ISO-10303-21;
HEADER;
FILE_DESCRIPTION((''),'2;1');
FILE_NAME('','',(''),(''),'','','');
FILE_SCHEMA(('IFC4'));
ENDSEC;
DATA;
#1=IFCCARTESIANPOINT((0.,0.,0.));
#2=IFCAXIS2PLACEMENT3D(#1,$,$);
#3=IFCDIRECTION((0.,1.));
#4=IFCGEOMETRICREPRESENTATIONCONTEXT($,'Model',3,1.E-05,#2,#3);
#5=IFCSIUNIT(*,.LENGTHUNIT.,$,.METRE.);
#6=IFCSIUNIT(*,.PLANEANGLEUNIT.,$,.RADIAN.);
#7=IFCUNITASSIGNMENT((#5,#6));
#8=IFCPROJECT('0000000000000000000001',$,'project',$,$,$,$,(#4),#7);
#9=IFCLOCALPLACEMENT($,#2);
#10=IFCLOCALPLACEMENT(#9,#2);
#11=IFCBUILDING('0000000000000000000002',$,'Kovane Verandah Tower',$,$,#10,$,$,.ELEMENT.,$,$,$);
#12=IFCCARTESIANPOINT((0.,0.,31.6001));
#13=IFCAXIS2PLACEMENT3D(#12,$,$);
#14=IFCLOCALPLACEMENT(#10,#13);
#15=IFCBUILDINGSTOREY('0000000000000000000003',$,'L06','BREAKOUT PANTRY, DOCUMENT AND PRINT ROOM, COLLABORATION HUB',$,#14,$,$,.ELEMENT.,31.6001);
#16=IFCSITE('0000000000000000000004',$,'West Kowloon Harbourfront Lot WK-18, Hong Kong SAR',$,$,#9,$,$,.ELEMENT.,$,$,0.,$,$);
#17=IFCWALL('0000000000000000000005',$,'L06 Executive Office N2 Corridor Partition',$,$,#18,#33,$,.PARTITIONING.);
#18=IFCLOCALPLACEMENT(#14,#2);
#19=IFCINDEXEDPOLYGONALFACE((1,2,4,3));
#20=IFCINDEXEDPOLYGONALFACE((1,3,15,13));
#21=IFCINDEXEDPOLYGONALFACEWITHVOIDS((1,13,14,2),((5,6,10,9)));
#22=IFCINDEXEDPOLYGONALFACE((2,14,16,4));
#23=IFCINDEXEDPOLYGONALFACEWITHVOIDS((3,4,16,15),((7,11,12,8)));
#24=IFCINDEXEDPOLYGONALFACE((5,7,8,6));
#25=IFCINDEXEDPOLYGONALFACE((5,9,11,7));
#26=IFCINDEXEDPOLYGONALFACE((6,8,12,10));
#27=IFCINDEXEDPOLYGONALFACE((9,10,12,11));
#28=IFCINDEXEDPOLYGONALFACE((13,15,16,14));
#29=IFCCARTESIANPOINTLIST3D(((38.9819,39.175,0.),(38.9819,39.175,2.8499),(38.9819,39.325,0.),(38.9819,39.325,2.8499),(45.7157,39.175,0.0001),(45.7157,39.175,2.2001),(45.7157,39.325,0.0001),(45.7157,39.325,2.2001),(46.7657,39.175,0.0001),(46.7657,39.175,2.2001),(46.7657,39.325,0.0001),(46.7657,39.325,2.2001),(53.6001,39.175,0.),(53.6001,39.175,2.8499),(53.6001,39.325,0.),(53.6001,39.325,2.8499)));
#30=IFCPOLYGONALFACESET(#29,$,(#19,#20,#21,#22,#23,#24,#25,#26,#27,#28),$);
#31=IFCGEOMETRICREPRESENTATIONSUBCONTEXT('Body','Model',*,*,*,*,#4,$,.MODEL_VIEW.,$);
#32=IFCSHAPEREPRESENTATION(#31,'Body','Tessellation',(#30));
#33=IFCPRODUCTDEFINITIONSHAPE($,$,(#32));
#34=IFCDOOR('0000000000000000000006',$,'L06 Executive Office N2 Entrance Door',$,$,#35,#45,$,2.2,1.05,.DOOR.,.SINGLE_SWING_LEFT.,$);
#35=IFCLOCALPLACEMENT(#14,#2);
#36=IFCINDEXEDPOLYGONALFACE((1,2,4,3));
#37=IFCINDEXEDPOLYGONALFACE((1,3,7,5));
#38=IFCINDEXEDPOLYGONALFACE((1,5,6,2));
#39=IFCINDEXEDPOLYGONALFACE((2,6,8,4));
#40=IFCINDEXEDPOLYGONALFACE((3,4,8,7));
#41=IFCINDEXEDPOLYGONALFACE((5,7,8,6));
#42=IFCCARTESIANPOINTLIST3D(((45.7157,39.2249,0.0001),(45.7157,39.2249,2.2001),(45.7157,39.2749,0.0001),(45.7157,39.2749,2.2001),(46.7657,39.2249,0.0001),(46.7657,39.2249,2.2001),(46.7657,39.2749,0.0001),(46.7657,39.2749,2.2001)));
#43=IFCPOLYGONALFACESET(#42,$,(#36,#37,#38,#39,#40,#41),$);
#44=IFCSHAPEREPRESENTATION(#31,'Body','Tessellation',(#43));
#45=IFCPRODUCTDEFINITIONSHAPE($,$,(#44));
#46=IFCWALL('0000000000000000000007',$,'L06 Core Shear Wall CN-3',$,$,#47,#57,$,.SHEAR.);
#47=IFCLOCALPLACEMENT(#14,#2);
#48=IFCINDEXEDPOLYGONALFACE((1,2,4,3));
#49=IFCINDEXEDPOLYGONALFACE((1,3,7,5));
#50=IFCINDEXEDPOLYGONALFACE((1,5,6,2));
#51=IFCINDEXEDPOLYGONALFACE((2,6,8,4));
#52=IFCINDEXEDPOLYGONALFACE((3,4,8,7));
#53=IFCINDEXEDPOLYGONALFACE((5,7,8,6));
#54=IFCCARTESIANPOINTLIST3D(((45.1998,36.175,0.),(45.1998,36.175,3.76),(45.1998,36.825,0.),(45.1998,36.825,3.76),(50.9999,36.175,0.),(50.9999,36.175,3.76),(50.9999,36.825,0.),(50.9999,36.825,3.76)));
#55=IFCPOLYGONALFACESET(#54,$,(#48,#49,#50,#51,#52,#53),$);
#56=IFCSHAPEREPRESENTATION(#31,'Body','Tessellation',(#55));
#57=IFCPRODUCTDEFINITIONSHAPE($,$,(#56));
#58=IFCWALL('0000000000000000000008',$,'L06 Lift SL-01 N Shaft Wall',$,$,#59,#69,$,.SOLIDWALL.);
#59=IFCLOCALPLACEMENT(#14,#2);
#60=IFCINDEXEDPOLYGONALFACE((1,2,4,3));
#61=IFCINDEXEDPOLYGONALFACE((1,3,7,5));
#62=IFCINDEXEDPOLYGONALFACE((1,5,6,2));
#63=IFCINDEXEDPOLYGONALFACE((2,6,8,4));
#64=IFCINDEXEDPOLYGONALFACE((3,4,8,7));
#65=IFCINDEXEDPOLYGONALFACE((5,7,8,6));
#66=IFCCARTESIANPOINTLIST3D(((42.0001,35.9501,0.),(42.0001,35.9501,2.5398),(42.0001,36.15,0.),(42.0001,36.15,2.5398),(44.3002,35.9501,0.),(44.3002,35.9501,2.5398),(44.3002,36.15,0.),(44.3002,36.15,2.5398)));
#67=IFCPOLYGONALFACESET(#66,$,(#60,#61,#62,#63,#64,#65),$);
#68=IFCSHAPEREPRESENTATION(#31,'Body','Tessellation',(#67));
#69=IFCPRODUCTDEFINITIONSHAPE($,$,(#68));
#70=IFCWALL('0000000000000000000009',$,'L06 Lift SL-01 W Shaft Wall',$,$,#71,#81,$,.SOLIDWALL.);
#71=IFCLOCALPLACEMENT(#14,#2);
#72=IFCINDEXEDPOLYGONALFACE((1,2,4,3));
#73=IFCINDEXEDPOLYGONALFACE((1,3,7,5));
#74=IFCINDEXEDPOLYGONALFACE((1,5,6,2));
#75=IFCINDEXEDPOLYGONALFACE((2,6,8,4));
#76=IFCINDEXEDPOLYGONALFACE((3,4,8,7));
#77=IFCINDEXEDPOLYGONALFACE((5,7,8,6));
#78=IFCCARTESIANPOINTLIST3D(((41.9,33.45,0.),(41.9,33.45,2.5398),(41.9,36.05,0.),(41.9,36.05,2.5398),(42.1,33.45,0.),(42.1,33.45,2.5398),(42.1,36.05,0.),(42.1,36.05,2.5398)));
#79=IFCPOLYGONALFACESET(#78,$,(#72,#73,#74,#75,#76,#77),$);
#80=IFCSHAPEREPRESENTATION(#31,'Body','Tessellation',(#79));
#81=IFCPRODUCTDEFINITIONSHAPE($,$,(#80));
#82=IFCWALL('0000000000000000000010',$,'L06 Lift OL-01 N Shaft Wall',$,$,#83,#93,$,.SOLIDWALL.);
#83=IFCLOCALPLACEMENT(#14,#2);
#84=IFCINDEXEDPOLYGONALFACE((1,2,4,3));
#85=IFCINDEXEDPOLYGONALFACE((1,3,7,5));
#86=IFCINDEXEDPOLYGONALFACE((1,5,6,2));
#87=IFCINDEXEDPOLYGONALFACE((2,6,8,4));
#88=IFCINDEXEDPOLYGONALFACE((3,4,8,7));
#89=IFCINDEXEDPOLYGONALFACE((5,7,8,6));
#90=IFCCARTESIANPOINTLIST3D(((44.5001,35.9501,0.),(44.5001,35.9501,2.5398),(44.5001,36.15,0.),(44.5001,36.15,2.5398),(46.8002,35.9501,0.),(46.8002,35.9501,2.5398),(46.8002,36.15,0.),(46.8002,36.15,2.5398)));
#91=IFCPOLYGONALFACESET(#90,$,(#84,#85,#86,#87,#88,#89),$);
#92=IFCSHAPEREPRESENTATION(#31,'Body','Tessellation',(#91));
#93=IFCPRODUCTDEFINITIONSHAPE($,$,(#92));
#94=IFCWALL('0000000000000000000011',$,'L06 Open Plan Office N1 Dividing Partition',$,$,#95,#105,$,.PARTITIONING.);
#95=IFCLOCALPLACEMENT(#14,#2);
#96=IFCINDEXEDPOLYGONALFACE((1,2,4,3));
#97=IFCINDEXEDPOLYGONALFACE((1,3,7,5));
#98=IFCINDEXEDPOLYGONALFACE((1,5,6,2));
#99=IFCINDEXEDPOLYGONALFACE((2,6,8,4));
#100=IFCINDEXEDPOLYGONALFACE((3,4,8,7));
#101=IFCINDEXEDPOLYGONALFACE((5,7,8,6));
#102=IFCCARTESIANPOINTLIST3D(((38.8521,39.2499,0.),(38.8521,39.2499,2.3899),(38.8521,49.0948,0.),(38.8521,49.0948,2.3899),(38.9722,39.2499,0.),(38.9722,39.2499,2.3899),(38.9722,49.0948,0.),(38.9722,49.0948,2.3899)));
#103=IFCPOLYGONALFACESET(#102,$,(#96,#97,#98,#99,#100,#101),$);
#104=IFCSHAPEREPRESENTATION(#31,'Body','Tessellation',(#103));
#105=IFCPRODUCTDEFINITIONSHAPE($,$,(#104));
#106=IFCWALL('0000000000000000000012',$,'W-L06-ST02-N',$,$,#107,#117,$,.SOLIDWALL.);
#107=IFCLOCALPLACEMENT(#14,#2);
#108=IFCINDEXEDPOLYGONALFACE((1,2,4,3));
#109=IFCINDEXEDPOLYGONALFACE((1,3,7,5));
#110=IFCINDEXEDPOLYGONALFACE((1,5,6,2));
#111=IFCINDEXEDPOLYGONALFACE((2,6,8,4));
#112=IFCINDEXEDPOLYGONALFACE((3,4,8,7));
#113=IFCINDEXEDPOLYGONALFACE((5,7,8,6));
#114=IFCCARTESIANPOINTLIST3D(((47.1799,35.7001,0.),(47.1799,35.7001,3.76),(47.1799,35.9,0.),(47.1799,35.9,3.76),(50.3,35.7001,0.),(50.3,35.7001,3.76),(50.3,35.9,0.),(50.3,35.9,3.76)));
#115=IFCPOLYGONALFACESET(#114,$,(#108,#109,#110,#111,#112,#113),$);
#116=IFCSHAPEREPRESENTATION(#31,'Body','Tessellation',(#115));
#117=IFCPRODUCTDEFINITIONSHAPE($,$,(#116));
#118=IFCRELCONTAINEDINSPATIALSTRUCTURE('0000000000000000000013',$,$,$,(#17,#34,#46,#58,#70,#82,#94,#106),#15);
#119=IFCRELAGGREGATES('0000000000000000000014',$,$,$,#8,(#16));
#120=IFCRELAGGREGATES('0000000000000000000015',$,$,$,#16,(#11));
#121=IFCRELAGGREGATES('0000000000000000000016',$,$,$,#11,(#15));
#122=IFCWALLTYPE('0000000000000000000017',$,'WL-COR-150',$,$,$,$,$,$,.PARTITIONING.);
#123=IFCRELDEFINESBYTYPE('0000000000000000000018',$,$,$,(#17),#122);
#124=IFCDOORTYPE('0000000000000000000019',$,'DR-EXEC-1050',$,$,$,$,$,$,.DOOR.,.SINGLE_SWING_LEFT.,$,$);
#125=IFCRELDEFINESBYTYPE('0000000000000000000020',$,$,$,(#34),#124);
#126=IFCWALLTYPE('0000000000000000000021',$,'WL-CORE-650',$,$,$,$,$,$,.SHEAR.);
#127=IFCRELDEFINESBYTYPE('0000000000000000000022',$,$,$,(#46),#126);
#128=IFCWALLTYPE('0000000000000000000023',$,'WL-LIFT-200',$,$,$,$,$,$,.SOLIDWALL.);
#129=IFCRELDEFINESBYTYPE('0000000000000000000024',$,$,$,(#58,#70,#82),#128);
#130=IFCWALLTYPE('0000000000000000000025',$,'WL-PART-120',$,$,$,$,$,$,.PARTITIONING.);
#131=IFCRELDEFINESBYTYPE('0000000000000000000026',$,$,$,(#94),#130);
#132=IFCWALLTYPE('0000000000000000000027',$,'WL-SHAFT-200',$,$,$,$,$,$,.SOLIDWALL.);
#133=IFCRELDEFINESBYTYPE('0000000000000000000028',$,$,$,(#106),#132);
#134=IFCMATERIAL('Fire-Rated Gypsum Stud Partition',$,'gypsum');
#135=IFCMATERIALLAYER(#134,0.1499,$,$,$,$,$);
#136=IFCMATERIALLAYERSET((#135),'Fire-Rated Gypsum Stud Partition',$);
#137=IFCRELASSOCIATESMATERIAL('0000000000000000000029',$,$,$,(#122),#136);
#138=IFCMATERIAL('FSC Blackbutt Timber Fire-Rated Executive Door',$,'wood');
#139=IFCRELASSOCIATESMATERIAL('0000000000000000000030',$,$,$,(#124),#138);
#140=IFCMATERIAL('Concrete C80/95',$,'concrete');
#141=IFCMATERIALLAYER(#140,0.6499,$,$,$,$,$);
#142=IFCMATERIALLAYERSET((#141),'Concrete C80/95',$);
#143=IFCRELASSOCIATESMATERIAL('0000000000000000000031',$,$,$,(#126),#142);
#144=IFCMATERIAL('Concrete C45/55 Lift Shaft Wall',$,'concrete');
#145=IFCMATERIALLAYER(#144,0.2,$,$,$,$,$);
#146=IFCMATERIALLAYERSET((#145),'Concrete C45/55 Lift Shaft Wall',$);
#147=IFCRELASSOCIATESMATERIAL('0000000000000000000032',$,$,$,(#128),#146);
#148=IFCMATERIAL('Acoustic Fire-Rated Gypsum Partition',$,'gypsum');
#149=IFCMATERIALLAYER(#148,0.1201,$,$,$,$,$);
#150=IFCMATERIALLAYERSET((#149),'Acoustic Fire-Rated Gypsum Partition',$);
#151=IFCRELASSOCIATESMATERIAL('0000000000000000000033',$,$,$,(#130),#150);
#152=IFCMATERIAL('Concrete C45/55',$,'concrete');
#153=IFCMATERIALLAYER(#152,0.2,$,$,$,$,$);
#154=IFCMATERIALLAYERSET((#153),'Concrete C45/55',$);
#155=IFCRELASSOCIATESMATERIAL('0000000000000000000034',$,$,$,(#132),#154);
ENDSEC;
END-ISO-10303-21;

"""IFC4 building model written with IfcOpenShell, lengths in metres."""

from ifc_helpers import new_model, si_unit, direction, frame, frame_2d, origin, place, context, subcontext, project, spatial, rectangle, extrude, material, layer, layer_set, type_object, element, fill, save


model = new_model("IFC4")

# Units and contexts
model_context = context("Model", 3, precision=1e-05, world=origin(), true_north=direction((0.0, 1.0)))
body_context = subcontext(model_context, "Body", "Model", "MODEL_VIEW")
ifc_project = project(units=[si_unit("LENGTHUNIT", "METRE"), si_unit("PLANEANGLEUNIT", "RADIAN")], contexts=[model_context])

# Site, building, storey
site_placement = place(None, origin())
site = spatial("IfcSite", under=ifc_project, at=site_placement, Name="West Kowloon Harbourfront Lot WK-18, Hong Kong SAR", CompositionType="ELEMENT", RefElevation=0.0)
building_placement = place(site_placement, origin())
building = spatial("IfcBuilding", under=site, at=building_placement, Name="Kovane Verandah Tower", CompositionType="ELEMENT")
storey_placement = place(building_placement, frame((0.0, 0.0, 31.6001)))
storey = spatial("IfcBuildingStorey", under=building, at=storey_placement, Name="L06", Description="BREAKOUT PANTRY, DOCUMENT AND PRINT ROOM, COLLABORATION HUB", CompositionType="ELEMENT", Elevation=31.6001)

# Shared definitions
ifc_material_1 = material(Name="Concrete C80/95", Category="concrete")

# Wall, opening, door
ifc_material_2 = material(Name="Fire-Rated Gypsum Stud Partition", Category="gypsum")
ifc_layer_1 = layer(ifc_material_2, 0.1499)
ifc_layer_set_1 = layer_set([ifc_layer_1], Name="Fire-Rated Gypsum Stud Partition")
wall_type_1 = type_object("IfcWallType", Name="WL-COR-150", PredefinedType="PARTITIONING", material=ifc_layer_set_1)
wall_1_placement = place(storey_placement, frame((38.9819, 39.25, 0.0), z_axis=(0.0, 0.0, 1.0), x_axis=(1.0, 0.0, 0.0)))
wall_1 = element("IfcWall", 1, at=wall_1_placement, inside=storey, type_object=wall_type_1, Name="L06 Executive Office N2 Corridor Partition", PredefinedType="PARTITIONING", context=body_context, shape_type="SweptSolid", body=[
    extrude(rectangle(XDim=14.6182, YDim=0.1499, at=frame_2d((7.3091, 0.0))), origin(), (0.0, 0.0, 1.0), 2.8499),
])
opening_placement = place(wall_1_placement, frame((6.7339, 0.0, 0.0)))
opening = element("IfcOpeningElement", 2, at=opening_placement, cuts=wall_1, PredefinedType="OPENING", context=body_context, shape_type="SweptSolid", body=[
    extrude(rectangle(XDim=1.05, YDim=2.2, at=frame_2d((0.5249, 1.1001))), frame((0.0, 0.075, 0.0), z_axis=(0.0, -1.0, 0.0), x_axis=(1.0, 0.0, 0.0)), (0.0, 0.0, 1.0), 0.1499),
])
ifc_material_3 = material(Name="FSC Blackbutt Timber Fire-Rated Executive Door", Category="wood")
door_type = type_object("IfcDoorType", Name="DR-EXEC-1050", OperationType="SINGLE_SWING_LEFT", PredefinedType="DOOR", material=ifc_material_3)
door_placement = place(opening_placement, origin())
door = element("IfcDoor", 3, at=door_placement, inside=storey, type_object=door_type, Name="L06 Executive Office N2 Entrance Door", OperationType="SINGLE_SWING_LEFT", OverallHeight=2.2, OverallWidth=1.05, PredefinedType="DOOR", context=body_context, shape_type="SweptSolid", body=[
    extrude(rectangle(XDim=1.05, YDim=2.2, at=frame_2d((0.5249, 1.1001))), frame((0.0, 0.0249, 0.0), z_axis=(0.0, -1.0, 0.0), x_axis=(1.0, 0.0, 0.0)), (0.0, 0.0, 1.0), 0.05),
])
fill(opening, door)

# Walls
ifc_layer_2 = layer(ifc_material_1, 0.6499)
ifc_layer_set_2 = layer_set([ifc_layer_2], Name="Concrete C80/95")
wall_type_2 = type_object("IfcWallType", Name="WL-CORE-650", PredefinedType="SHEAR", material=ifc_layer_set_2)
wall_2_placement = place(storey_placement, frame((45.2, 36.5, 0.0), z_axis=(0.0, 0.0, 1.0), x_axis=(1.0, 0.0, 0.0)))
element("IfcWall", 4, at=wall_2_placement, inside=storey, type_object=wall_type_2, Name="L06 Core Shear Wall CN-3", PredefinedType="SHEAR", context=body_context, shape_type="SweptSolid", body=[
    extrude(rectangle(XDim=5.8, YDim=0.6499, at=frame_2d((2.8999, 0.0))), origin(), (0.0, 0.0, 1.0), 3.76),
])
ifc_material_4 = material(Name="Concrete C45/55 Lift Shaft Wall", Category="concrete")
ifc_layer_3 = layer(ifc_material_4, 0.2)
ifc_layer_set_3 = layer_set([ifc_layer_3], Name="Concrete C45/55 Lift Shaft Wall")
wall_type_3 = type_object("IfcWallType", Name="WL-LIFT-200", PredefinedType="SOLIDWALL", material=ifc_layer_set_3)
wall_3_placement = place(storey_placement, frame((44.3, 36.05, 0.0), z_axis=(0.0, 0.0, 1.0), x_axis=(-1.0, 0.0, 0.0)))
element("IfcWall", 5, at=wall_3_placement, inside=storey, type_object=wall_type_3, Name="L06 Lift SL-01 N Shaft Wall", PredefinedType="SOLIDWALL", context=body_context, shape_type="SweptSolid", body=[
    extrude(rectangle(XDim=2.3, YDim=0.2, at=frame_2d((1.1499, 0.0))), origin(), (0.0, 0.0, 1.0), 2.5398),
])
wall_4_placement = place(storey_placement, frame((42.0, 36.05, 0.0), z_axis=(0.0, 0.0, 1.0), x_axis=(0.0, -1.0, 0.0)))
element("IfcWall", 6, at=wall_4_placement, inside=storey, type_object=wall_type_3, Name="L06 Lift SL-01 W Shaft Wall", PredefinedType="SOLIDWALL", context=body_context, shape_type="SweptSolid", body=[
    extrude(rectangle(XDim=2.6001, YDim=0.2, at=frame_2d((1.3, 0.0))), origin(), (0.0, 0.0, 1.0), 2.5398),
])
wall_5_placement = place(storey_placement, frame((46.8, 36.05, 0.0), z_axis=(0.0, 0.0, 1.0), x_axis=(-1.0, 0.0, 0.0)))
element("IfcWall", 7, at=wall_5_placement, inside=storey, type_object=wall_type_3, Name="L06 Lift OL-01 N Shaft Wall", PredefinedType="SOLIDWALL", context=body_context, shape_type="SweptSolid", body=[
    extrude(rectangle(XDim=2.3, YDim=0.2, at=frame_2d((1.1499, 0.0))), origin(), (0.0, 0.0, 1.0), 2.5398),
])
ifc_material_5 = material(Name="Acoustic Fire-Rated Gypsum Partition", Category="gypsum")
ifc_layer_4 = layer(ifc_material_5, 0.1201)
ifc_layer_set_4 = layer_set([ifc_layer_4], Name="Acoustic Fire-Rated Gypsum Partition")
wall_type_4 = type_object("IfcWallType", Name="WL-PART-120", PredefinedType="PARTITIONING", material=ifc_layer_set_4)
wall_6_placement = place(storey_placement, frame((38.9121, 39.25, 0.0), z_axis=(0.0, 0.0, 1.0), x_axis=(0.0, 1.0, 0.0)))
element("IfcWall", 8, at=wall_6_placement, inside=storey, type_object=wall_type_4, Name="L06 Open Plan Office N1 Dividing Partition", PredefinedType="PARTITIONING", context=body_context, shape_type="SweptSolid", body=[
    extrude(rectangle(XDim=9.845, YDim=0.1201, at=frame_2d((4.9224, 0.0))), origin(), (0.0, 0.0, 1.0), 2.3899),
])
ifc_material_6 = material(Name="Concrete C45/55", Category="concrete")
ifc_layer_5 = layer(ifc_material_6, 0.2)
ifc_layer_set_5 = layer_set([ifc_layer_5], Name="Concrete C45/55")
wall_type_5 = type_object("IfcWallType", Name="WL-SHAFT-200", PredefinedType="SOLIDWALL", material=ifc_layer_set_5)
wall_7_placement = place(storey_placement, frame((47.1799, 35.8, 0.0), z_axis=(0.0, 0.0, 1.0), x_axis=(1.0, 0.0, 0.0)))
element("IfcWall", 9, at=wall_7_placement, inside=storey, type_object=wall_type_5, Name="W-L06-ST02-N", PredefinedType="SOLIDWALL", context=body_context, shape_type="SweptSolid", body=[
    extrude(rectangle(XDim=3.1201, YDim=0.2, at=frame_2d((1.5601, 0.0))), origin(), (0.0, 0.0, 1.0), 3.76),
])

save(model, "model.ifc")
